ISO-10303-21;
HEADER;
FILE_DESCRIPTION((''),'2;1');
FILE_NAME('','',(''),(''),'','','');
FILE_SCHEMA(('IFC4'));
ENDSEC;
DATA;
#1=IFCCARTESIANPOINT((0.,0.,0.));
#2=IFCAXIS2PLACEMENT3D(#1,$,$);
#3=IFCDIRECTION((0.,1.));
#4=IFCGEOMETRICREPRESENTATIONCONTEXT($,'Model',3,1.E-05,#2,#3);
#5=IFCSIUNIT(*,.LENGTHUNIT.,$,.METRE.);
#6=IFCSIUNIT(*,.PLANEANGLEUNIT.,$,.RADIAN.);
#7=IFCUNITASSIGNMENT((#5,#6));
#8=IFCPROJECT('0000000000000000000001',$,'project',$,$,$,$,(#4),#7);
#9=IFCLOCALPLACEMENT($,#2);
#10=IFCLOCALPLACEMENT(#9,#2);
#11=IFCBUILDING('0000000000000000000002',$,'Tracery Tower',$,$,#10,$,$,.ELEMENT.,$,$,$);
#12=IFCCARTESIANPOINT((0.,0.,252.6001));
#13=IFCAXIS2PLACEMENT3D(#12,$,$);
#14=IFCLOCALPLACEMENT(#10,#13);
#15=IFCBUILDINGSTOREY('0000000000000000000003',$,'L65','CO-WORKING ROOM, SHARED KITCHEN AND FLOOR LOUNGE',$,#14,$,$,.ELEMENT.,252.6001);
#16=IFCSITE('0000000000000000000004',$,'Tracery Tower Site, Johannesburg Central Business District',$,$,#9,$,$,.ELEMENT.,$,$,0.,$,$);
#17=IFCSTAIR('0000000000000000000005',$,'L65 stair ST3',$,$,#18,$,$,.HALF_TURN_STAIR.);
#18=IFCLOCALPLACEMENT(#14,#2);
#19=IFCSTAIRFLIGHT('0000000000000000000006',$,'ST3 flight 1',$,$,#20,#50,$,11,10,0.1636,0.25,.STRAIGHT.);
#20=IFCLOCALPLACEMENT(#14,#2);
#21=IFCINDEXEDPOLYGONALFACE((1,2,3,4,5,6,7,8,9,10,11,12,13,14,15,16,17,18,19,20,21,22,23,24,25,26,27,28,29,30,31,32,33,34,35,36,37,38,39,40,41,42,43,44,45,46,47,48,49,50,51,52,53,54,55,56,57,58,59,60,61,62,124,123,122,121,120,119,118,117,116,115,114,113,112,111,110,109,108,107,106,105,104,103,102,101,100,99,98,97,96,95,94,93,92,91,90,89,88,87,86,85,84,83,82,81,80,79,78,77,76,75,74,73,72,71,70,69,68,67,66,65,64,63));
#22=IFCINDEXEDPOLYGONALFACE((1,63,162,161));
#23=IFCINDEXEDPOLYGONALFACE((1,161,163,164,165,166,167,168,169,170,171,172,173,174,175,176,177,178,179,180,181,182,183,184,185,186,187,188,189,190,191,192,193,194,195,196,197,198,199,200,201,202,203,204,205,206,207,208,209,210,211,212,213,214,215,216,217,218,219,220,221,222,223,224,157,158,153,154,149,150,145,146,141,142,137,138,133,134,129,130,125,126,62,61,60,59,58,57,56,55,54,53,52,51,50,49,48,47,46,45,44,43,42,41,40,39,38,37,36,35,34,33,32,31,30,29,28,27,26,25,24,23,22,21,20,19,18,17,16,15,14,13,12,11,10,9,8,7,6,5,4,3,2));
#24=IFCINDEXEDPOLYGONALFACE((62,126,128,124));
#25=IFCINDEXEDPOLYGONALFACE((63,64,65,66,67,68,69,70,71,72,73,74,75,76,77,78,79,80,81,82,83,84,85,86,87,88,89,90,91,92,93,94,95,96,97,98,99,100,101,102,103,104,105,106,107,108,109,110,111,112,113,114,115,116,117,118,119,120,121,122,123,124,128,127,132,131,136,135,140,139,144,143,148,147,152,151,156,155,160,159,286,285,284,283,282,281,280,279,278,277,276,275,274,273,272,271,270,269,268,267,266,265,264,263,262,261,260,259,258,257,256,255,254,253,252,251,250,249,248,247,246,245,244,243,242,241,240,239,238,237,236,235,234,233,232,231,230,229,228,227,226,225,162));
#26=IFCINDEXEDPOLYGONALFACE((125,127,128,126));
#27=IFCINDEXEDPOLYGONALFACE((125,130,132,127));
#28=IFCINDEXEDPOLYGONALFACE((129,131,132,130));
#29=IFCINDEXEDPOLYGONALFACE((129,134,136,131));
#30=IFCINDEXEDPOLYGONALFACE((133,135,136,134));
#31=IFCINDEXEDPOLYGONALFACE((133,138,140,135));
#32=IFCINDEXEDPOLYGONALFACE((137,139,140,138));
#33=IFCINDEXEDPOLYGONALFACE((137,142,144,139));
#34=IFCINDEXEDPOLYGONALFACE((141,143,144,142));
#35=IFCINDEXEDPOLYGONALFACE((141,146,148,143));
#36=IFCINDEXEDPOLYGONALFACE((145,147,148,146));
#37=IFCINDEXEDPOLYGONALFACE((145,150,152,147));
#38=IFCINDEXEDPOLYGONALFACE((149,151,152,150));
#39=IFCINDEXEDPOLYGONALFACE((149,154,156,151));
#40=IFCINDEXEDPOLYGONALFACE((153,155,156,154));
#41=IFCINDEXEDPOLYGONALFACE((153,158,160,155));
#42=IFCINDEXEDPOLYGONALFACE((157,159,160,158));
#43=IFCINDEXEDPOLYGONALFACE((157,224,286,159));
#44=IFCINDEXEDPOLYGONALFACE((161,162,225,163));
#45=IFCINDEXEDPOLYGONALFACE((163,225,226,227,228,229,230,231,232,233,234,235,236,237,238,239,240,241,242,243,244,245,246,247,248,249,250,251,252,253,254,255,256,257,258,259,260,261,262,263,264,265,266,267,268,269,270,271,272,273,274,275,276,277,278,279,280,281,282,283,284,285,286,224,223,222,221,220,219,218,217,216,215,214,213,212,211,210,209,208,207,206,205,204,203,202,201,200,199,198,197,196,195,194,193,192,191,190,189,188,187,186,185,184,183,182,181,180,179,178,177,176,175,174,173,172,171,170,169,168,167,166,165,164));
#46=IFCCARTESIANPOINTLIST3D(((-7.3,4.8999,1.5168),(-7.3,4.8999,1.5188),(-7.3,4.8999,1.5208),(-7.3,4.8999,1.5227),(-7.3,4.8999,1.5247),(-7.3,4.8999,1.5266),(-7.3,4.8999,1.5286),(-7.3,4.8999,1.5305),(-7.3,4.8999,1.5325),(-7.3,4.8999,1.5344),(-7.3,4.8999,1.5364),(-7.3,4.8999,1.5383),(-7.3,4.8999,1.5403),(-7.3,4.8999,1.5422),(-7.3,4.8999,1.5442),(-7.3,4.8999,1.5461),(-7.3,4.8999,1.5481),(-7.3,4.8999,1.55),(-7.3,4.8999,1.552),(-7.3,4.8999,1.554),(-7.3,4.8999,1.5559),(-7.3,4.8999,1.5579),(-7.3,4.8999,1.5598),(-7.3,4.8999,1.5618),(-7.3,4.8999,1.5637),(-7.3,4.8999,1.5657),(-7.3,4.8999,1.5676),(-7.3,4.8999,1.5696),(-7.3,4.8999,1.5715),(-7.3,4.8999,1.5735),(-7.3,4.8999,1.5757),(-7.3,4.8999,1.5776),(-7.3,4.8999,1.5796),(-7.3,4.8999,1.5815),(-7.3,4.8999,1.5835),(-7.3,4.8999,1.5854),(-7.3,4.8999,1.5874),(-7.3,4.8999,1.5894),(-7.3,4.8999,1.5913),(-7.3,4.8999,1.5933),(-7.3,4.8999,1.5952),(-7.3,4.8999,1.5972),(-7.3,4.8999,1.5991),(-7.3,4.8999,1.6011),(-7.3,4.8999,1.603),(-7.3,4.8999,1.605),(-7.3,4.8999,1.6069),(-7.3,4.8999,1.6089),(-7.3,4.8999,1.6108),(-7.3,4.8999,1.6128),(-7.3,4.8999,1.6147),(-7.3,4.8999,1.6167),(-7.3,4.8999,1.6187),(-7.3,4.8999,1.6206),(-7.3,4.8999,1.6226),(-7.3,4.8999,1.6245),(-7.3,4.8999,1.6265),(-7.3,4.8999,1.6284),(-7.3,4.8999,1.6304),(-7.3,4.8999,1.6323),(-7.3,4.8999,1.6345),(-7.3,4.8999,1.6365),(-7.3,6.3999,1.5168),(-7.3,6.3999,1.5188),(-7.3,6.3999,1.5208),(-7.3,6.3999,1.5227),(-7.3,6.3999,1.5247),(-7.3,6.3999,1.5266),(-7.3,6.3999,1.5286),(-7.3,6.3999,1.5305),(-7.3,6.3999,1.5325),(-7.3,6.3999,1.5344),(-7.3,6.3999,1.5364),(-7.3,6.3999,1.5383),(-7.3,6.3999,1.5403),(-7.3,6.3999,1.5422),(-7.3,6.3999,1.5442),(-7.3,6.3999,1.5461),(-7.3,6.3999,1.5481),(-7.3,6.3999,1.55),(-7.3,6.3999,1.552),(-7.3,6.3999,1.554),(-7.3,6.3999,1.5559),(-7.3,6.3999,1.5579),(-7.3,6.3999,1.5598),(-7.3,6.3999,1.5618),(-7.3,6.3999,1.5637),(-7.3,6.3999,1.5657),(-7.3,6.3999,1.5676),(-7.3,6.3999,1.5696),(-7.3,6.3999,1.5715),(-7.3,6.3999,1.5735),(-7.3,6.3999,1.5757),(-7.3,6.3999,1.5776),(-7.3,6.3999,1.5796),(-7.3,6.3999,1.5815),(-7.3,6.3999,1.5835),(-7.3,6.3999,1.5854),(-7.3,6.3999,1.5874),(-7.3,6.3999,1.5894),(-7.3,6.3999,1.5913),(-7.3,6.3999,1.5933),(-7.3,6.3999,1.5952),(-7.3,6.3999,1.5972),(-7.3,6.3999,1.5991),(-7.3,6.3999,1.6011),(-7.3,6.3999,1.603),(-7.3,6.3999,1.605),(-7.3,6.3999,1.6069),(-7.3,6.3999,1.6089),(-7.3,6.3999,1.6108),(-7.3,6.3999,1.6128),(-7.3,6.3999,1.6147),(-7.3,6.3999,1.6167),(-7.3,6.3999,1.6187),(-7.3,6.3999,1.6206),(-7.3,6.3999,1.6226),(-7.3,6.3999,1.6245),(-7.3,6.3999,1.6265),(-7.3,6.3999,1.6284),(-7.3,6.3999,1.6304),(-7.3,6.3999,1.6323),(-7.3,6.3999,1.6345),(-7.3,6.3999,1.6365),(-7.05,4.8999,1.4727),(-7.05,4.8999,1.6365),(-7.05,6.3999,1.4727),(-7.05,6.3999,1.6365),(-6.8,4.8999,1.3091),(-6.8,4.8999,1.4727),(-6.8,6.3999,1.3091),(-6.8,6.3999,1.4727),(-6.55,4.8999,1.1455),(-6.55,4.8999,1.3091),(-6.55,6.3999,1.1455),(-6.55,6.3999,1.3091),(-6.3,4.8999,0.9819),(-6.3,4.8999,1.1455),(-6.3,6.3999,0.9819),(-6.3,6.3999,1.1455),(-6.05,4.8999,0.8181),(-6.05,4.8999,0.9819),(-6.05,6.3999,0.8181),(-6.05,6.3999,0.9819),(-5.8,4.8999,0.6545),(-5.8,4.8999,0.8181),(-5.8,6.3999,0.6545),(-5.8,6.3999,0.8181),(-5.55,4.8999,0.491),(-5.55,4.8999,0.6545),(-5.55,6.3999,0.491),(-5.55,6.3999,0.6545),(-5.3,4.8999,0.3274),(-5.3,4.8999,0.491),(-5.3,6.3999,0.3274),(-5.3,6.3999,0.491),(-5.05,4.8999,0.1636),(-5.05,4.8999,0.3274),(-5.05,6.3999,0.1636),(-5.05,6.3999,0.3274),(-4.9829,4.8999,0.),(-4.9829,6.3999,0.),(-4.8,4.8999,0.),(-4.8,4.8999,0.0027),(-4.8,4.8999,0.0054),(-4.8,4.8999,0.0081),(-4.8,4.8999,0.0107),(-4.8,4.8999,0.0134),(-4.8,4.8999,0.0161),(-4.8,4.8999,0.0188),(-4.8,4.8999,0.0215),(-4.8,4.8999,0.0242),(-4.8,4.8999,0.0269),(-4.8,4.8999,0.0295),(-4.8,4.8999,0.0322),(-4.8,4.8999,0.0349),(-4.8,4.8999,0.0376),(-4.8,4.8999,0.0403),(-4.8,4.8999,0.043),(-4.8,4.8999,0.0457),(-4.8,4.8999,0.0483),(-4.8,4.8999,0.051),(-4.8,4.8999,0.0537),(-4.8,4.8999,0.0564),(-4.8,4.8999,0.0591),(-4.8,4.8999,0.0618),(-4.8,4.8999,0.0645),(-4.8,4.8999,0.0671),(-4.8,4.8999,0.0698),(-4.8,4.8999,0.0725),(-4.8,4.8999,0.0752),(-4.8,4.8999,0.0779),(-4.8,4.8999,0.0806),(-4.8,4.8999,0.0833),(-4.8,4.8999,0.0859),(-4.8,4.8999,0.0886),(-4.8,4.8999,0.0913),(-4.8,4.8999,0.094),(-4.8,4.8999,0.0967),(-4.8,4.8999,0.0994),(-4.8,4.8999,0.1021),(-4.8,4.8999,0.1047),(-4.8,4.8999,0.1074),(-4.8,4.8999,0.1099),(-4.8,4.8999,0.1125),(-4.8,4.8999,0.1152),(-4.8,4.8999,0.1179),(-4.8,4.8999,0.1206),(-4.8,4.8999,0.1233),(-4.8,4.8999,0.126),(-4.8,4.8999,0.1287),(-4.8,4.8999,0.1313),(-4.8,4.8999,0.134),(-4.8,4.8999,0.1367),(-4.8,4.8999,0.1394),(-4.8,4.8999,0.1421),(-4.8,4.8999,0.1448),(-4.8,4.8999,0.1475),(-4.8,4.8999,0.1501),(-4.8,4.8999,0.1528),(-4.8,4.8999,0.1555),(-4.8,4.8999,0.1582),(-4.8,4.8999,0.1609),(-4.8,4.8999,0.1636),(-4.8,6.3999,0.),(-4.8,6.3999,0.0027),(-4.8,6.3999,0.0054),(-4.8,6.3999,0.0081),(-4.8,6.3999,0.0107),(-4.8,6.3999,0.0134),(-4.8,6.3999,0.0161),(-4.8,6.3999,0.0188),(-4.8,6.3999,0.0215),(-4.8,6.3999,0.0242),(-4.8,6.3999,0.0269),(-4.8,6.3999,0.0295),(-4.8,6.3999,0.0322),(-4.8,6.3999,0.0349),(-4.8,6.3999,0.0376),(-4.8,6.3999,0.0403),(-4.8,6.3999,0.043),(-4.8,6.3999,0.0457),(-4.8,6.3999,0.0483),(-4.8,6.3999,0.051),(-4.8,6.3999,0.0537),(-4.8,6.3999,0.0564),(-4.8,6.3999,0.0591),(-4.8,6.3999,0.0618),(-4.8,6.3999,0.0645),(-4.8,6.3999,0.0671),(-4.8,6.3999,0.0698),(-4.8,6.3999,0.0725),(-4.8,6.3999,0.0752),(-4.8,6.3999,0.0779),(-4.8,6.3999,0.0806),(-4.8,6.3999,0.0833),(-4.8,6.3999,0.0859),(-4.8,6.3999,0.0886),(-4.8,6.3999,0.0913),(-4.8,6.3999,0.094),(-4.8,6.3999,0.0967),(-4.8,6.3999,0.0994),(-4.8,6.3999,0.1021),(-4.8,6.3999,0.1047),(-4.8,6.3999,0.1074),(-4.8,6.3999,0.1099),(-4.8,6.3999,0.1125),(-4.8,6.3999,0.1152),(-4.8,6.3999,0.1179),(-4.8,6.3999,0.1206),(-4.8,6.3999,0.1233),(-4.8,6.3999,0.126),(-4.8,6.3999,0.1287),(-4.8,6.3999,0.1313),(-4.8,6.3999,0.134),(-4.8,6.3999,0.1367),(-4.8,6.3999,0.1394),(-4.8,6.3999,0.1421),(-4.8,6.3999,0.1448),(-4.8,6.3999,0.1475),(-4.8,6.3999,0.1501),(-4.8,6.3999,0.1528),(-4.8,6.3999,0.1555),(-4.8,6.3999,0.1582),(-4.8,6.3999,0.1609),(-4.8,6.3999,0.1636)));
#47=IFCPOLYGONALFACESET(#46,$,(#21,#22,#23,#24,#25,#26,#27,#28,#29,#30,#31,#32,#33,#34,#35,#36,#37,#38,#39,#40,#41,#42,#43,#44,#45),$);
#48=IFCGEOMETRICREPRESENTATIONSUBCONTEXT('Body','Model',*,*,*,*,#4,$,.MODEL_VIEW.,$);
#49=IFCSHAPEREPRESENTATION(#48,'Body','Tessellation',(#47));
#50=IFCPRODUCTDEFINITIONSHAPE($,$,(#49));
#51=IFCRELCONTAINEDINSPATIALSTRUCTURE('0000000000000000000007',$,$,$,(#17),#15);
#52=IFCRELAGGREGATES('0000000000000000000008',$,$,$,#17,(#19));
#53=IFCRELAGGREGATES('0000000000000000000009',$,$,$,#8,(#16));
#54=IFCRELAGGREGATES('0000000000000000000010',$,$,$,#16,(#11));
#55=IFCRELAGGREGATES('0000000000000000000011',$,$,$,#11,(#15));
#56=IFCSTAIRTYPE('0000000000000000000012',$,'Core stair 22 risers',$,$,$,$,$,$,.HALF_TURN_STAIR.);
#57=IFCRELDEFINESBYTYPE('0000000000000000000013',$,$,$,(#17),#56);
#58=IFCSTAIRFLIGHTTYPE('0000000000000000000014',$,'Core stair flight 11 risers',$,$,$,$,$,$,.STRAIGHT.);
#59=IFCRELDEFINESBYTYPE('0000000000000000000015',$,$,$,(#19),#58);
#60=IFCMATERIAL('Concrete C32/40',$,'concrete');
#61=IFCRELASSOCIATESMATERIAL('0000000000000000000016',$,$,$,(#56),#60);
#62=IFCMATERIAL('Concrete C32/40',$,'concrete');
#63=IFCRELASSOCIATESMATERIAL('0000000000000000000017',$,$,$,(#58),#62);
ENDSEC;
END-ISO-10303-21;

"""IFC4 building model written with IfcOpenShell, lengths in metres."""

from ifc_helpers import new_model, si_unit, direction, frame, origin, place, context, subcontext, project, spatial, polyline, outline, extrude, material, type_object, element, aggregate, save


model = new_model("IFC4")

# Units and contexts
model_context = context("Model", 3, precision=1e-05, world=origin(), true_north=direction((0.0, 1.0)))
body_context = subcontext(model_context, "Body", "Model", "MODEL_VIEW")
ifc_project = project(units=[si_unit("LENGTHUNIT", "METRE"), si_unit("PLANEANGLEUNIT", "RADIAN")], contexts=[model_context])

# Site, building, storey
site_placement = place(None, origin())
site = spatial("IfcSite", under=ifc_project, at=site_placement, Name="Tracery Tower Site, Johannesburg Central Business District", CompositionType="ELEMENT", RefElevation=0.0)
building_placement = place(site_placement, origin())
building = spatial("IfcBuilding", under=site, at=building_placement, Name="Tracery Tower", CompositionType="ELEMENT")
storey_placement = place(building_placement, frame((0.0, 0.0, 252.6001)))
storey = spatial("IfcBuildingStorey", under=building, at=storey_placement, Name="L65", Description="CO-WORKING ROOM, SHARED KITCHEN AND FLOOR LOUNGE", CompositionType="ELEMENT", Elevation=252.6001)

# Stair
ifc_material_1 = material(Name="Concrete C32/40", Category="concrete")
stair_type = type_object("IfcStairType", Name="Core stair 22 risers", PredefinedType="HALF_TURN_STAIR", material=ifc_material_1)
stair_1_placement = place(storey_placement, origin())
stair_1 = element("IfcStair", 1, at=stair_1_placement, inside=storey, type_object=stair_type, Name="L65 stair ST3", PredefinedType="HALF_TURN_STAIR")

# Stair flight
ifc_material_2 = material(Name="Concrete C32/40", Category="concrete")
stair_flight_type = type_object("IfcStairFlightType", Name="Core stair flight 11 risers", PredefinedType="STRAIGHT", material=ifc_material_2)
stair_flight_1_placement = place(storey_placement, frame((-4.8, 5.6499, 0.0), z_axis=(0.0, 0.0, 1.0), x_axis=(-1.0, 0.0, 0.0)))
stair_flight_1 = element("IfcStairFlight", 2, at=stair_flight_1_placement, type_object=stair_flight_type, Name="ST3 flight 1", NumberOfRisers=11, NumberOfTreads=10, PredefinedType="STRAIGHT", RiserHeight=0.1636, TreadLength=0.25, context=body_context, shape_type="SweptSolid", body=[
    extrude(outline(polyline([(0.0, 0.0), (0.0, 0.0027), (0.0, 0.0054), (0.0, 0.0081), (0.0, 0.0107), (0.0, 0.0134), (0.0, 0.0161), (0.0, 0.0188), (0.0, 0.0215), (0.0, 0.0242), (0.0, 0.0269), (0.0, 0.0295), (0.0, 0.0322), (0.0, 0.0349), (0.0, 0.0376), (0.0, 0.0403), (0.0, 0.043), (0.0, 0.0457), (0.0, 0.0483), (0.0, 0.051), (0.0, 0.0537), (0.0, 0.0564), (0.0, 0.0591), (0.0, 0.0618), (0.0, 0.0645), (0.0, 0.0671), (0.0, 0.0698), (0.0, 0.0725), (0.0, 0.0752), (0.0, 0.0779), (0.0, 0.0806), (0.0, 0.0833), (0.0, 0.0859), (0.0, 0.0886), (0.0, 0.0913), (0.0, 0.094), (0.0, 0.0967), (0.0, 0.0994), (0.0, 0.1021), (0.0, 0.1047), (0.0, 0.1074), (0.0, 0.1099), (0.0, 0.1125), (0.0, 0.1152), (0.0, 0.1179), (0.0, 0.1206), (0.0, 0.1233), (0.0, 0.126), (0.0, 0.1287), (0.0, 0.1313), (0.0, 0.134), (0.0, 0.1367), (0.0, 0.1394), (0.0, 0.1421), (0.0, 0.1448), (0.0, 0.1475), (0.0, 0.1501), (0.0, 0.1528), (0.0, 0.1555), (0.0, 0.1582), (0.0, 0.1609), (0.0, 0.1636), (0.25, 0.1636), (0.25, 0.3274), (0.5, 0.3274), (0.5, 0.491), (0.75, 0.491), (0.75, 0.6545), (1.0, 0.6545), (1.0, 0.8181), (1.25, 0.8181), (1.25, 0.9819), (1.5, 0.9819), (1.5, 1.1455), (1.75, 1.1455), (1.75, 1.3091), (2.0, 1.3091), (2.0, 1.4727), (2.25, 1.4727), (2.25, 1.6365), (2.5, 1.6365), (2.5, 1.6345), (2.5, 1.6323), (2.5, 1.6304), (2.5, 1.6284), (2.5, 1.6265), (2.5, 1.6245), (2.5, 1.6226), (2.5, 1.6206), (2.5, 1.6187), (2.5, 1.6167), (2.5, 1.6147), (2.5, 1.6128), (2.5, 1.6108), (2.5, 1.6089), (2.5, 1.6069), (2.5, 1.605), (2.5, 1.603), (2.5, 1.6011), (2.5, 1.5991), (2.5, 1.5972), (2.5, 1.5952), (2.5, 1.5933), (2.5, 1.5913), (2.5, 1.5894), (2.5, 1.5874), (2.5, 1.5854), (2.5, 1.5835), (2.5, 1.5815), (2.5, 1.5796), (2.5, 1.5776), (2.5, 1.5757), (2.5, 1.5735), (2.5, 1.5715), (2.5, 1.5696), (2.5, 1.5676), (2.5, 1.5657), (2.5, 1.5637), (2.5, 1.5618), (2.5, 1.5598), (2.5, 1.5579), (2.5, 1.5559), (2.5, 1.554), (2.5, 1.552), (2.5, 1.55), (2.5, 1.5481), (2.5, 1.5461), (2.5, 1.5442), (2.5, 1.5422), (2.5, 1.5403), (2.5, 1.5383), (2.5, 1.5364), (2.5, 1.5344), (2.5, 1.5325), (2.5, 1.5305), (2.5, 1.5286), (2.5, 1.5266), (2.5, 1.5247), (2.5, 1.5227), (2.5, 1.5208), (2.5, 1.5188), (2.5, 1.5168), (0.1829, 0.0), (0.0, 0.0)])), frame((0.0, 0.75, 0.0), z_axis=(0.0, -1.0, 0.0), x_axis=(1.0, 0.0, 0.0)), (0.0, 0.0, 1.0), 1.5),
])
aggregate(stair_1, [stair_flight_1])

save(model, "model.ifc")
